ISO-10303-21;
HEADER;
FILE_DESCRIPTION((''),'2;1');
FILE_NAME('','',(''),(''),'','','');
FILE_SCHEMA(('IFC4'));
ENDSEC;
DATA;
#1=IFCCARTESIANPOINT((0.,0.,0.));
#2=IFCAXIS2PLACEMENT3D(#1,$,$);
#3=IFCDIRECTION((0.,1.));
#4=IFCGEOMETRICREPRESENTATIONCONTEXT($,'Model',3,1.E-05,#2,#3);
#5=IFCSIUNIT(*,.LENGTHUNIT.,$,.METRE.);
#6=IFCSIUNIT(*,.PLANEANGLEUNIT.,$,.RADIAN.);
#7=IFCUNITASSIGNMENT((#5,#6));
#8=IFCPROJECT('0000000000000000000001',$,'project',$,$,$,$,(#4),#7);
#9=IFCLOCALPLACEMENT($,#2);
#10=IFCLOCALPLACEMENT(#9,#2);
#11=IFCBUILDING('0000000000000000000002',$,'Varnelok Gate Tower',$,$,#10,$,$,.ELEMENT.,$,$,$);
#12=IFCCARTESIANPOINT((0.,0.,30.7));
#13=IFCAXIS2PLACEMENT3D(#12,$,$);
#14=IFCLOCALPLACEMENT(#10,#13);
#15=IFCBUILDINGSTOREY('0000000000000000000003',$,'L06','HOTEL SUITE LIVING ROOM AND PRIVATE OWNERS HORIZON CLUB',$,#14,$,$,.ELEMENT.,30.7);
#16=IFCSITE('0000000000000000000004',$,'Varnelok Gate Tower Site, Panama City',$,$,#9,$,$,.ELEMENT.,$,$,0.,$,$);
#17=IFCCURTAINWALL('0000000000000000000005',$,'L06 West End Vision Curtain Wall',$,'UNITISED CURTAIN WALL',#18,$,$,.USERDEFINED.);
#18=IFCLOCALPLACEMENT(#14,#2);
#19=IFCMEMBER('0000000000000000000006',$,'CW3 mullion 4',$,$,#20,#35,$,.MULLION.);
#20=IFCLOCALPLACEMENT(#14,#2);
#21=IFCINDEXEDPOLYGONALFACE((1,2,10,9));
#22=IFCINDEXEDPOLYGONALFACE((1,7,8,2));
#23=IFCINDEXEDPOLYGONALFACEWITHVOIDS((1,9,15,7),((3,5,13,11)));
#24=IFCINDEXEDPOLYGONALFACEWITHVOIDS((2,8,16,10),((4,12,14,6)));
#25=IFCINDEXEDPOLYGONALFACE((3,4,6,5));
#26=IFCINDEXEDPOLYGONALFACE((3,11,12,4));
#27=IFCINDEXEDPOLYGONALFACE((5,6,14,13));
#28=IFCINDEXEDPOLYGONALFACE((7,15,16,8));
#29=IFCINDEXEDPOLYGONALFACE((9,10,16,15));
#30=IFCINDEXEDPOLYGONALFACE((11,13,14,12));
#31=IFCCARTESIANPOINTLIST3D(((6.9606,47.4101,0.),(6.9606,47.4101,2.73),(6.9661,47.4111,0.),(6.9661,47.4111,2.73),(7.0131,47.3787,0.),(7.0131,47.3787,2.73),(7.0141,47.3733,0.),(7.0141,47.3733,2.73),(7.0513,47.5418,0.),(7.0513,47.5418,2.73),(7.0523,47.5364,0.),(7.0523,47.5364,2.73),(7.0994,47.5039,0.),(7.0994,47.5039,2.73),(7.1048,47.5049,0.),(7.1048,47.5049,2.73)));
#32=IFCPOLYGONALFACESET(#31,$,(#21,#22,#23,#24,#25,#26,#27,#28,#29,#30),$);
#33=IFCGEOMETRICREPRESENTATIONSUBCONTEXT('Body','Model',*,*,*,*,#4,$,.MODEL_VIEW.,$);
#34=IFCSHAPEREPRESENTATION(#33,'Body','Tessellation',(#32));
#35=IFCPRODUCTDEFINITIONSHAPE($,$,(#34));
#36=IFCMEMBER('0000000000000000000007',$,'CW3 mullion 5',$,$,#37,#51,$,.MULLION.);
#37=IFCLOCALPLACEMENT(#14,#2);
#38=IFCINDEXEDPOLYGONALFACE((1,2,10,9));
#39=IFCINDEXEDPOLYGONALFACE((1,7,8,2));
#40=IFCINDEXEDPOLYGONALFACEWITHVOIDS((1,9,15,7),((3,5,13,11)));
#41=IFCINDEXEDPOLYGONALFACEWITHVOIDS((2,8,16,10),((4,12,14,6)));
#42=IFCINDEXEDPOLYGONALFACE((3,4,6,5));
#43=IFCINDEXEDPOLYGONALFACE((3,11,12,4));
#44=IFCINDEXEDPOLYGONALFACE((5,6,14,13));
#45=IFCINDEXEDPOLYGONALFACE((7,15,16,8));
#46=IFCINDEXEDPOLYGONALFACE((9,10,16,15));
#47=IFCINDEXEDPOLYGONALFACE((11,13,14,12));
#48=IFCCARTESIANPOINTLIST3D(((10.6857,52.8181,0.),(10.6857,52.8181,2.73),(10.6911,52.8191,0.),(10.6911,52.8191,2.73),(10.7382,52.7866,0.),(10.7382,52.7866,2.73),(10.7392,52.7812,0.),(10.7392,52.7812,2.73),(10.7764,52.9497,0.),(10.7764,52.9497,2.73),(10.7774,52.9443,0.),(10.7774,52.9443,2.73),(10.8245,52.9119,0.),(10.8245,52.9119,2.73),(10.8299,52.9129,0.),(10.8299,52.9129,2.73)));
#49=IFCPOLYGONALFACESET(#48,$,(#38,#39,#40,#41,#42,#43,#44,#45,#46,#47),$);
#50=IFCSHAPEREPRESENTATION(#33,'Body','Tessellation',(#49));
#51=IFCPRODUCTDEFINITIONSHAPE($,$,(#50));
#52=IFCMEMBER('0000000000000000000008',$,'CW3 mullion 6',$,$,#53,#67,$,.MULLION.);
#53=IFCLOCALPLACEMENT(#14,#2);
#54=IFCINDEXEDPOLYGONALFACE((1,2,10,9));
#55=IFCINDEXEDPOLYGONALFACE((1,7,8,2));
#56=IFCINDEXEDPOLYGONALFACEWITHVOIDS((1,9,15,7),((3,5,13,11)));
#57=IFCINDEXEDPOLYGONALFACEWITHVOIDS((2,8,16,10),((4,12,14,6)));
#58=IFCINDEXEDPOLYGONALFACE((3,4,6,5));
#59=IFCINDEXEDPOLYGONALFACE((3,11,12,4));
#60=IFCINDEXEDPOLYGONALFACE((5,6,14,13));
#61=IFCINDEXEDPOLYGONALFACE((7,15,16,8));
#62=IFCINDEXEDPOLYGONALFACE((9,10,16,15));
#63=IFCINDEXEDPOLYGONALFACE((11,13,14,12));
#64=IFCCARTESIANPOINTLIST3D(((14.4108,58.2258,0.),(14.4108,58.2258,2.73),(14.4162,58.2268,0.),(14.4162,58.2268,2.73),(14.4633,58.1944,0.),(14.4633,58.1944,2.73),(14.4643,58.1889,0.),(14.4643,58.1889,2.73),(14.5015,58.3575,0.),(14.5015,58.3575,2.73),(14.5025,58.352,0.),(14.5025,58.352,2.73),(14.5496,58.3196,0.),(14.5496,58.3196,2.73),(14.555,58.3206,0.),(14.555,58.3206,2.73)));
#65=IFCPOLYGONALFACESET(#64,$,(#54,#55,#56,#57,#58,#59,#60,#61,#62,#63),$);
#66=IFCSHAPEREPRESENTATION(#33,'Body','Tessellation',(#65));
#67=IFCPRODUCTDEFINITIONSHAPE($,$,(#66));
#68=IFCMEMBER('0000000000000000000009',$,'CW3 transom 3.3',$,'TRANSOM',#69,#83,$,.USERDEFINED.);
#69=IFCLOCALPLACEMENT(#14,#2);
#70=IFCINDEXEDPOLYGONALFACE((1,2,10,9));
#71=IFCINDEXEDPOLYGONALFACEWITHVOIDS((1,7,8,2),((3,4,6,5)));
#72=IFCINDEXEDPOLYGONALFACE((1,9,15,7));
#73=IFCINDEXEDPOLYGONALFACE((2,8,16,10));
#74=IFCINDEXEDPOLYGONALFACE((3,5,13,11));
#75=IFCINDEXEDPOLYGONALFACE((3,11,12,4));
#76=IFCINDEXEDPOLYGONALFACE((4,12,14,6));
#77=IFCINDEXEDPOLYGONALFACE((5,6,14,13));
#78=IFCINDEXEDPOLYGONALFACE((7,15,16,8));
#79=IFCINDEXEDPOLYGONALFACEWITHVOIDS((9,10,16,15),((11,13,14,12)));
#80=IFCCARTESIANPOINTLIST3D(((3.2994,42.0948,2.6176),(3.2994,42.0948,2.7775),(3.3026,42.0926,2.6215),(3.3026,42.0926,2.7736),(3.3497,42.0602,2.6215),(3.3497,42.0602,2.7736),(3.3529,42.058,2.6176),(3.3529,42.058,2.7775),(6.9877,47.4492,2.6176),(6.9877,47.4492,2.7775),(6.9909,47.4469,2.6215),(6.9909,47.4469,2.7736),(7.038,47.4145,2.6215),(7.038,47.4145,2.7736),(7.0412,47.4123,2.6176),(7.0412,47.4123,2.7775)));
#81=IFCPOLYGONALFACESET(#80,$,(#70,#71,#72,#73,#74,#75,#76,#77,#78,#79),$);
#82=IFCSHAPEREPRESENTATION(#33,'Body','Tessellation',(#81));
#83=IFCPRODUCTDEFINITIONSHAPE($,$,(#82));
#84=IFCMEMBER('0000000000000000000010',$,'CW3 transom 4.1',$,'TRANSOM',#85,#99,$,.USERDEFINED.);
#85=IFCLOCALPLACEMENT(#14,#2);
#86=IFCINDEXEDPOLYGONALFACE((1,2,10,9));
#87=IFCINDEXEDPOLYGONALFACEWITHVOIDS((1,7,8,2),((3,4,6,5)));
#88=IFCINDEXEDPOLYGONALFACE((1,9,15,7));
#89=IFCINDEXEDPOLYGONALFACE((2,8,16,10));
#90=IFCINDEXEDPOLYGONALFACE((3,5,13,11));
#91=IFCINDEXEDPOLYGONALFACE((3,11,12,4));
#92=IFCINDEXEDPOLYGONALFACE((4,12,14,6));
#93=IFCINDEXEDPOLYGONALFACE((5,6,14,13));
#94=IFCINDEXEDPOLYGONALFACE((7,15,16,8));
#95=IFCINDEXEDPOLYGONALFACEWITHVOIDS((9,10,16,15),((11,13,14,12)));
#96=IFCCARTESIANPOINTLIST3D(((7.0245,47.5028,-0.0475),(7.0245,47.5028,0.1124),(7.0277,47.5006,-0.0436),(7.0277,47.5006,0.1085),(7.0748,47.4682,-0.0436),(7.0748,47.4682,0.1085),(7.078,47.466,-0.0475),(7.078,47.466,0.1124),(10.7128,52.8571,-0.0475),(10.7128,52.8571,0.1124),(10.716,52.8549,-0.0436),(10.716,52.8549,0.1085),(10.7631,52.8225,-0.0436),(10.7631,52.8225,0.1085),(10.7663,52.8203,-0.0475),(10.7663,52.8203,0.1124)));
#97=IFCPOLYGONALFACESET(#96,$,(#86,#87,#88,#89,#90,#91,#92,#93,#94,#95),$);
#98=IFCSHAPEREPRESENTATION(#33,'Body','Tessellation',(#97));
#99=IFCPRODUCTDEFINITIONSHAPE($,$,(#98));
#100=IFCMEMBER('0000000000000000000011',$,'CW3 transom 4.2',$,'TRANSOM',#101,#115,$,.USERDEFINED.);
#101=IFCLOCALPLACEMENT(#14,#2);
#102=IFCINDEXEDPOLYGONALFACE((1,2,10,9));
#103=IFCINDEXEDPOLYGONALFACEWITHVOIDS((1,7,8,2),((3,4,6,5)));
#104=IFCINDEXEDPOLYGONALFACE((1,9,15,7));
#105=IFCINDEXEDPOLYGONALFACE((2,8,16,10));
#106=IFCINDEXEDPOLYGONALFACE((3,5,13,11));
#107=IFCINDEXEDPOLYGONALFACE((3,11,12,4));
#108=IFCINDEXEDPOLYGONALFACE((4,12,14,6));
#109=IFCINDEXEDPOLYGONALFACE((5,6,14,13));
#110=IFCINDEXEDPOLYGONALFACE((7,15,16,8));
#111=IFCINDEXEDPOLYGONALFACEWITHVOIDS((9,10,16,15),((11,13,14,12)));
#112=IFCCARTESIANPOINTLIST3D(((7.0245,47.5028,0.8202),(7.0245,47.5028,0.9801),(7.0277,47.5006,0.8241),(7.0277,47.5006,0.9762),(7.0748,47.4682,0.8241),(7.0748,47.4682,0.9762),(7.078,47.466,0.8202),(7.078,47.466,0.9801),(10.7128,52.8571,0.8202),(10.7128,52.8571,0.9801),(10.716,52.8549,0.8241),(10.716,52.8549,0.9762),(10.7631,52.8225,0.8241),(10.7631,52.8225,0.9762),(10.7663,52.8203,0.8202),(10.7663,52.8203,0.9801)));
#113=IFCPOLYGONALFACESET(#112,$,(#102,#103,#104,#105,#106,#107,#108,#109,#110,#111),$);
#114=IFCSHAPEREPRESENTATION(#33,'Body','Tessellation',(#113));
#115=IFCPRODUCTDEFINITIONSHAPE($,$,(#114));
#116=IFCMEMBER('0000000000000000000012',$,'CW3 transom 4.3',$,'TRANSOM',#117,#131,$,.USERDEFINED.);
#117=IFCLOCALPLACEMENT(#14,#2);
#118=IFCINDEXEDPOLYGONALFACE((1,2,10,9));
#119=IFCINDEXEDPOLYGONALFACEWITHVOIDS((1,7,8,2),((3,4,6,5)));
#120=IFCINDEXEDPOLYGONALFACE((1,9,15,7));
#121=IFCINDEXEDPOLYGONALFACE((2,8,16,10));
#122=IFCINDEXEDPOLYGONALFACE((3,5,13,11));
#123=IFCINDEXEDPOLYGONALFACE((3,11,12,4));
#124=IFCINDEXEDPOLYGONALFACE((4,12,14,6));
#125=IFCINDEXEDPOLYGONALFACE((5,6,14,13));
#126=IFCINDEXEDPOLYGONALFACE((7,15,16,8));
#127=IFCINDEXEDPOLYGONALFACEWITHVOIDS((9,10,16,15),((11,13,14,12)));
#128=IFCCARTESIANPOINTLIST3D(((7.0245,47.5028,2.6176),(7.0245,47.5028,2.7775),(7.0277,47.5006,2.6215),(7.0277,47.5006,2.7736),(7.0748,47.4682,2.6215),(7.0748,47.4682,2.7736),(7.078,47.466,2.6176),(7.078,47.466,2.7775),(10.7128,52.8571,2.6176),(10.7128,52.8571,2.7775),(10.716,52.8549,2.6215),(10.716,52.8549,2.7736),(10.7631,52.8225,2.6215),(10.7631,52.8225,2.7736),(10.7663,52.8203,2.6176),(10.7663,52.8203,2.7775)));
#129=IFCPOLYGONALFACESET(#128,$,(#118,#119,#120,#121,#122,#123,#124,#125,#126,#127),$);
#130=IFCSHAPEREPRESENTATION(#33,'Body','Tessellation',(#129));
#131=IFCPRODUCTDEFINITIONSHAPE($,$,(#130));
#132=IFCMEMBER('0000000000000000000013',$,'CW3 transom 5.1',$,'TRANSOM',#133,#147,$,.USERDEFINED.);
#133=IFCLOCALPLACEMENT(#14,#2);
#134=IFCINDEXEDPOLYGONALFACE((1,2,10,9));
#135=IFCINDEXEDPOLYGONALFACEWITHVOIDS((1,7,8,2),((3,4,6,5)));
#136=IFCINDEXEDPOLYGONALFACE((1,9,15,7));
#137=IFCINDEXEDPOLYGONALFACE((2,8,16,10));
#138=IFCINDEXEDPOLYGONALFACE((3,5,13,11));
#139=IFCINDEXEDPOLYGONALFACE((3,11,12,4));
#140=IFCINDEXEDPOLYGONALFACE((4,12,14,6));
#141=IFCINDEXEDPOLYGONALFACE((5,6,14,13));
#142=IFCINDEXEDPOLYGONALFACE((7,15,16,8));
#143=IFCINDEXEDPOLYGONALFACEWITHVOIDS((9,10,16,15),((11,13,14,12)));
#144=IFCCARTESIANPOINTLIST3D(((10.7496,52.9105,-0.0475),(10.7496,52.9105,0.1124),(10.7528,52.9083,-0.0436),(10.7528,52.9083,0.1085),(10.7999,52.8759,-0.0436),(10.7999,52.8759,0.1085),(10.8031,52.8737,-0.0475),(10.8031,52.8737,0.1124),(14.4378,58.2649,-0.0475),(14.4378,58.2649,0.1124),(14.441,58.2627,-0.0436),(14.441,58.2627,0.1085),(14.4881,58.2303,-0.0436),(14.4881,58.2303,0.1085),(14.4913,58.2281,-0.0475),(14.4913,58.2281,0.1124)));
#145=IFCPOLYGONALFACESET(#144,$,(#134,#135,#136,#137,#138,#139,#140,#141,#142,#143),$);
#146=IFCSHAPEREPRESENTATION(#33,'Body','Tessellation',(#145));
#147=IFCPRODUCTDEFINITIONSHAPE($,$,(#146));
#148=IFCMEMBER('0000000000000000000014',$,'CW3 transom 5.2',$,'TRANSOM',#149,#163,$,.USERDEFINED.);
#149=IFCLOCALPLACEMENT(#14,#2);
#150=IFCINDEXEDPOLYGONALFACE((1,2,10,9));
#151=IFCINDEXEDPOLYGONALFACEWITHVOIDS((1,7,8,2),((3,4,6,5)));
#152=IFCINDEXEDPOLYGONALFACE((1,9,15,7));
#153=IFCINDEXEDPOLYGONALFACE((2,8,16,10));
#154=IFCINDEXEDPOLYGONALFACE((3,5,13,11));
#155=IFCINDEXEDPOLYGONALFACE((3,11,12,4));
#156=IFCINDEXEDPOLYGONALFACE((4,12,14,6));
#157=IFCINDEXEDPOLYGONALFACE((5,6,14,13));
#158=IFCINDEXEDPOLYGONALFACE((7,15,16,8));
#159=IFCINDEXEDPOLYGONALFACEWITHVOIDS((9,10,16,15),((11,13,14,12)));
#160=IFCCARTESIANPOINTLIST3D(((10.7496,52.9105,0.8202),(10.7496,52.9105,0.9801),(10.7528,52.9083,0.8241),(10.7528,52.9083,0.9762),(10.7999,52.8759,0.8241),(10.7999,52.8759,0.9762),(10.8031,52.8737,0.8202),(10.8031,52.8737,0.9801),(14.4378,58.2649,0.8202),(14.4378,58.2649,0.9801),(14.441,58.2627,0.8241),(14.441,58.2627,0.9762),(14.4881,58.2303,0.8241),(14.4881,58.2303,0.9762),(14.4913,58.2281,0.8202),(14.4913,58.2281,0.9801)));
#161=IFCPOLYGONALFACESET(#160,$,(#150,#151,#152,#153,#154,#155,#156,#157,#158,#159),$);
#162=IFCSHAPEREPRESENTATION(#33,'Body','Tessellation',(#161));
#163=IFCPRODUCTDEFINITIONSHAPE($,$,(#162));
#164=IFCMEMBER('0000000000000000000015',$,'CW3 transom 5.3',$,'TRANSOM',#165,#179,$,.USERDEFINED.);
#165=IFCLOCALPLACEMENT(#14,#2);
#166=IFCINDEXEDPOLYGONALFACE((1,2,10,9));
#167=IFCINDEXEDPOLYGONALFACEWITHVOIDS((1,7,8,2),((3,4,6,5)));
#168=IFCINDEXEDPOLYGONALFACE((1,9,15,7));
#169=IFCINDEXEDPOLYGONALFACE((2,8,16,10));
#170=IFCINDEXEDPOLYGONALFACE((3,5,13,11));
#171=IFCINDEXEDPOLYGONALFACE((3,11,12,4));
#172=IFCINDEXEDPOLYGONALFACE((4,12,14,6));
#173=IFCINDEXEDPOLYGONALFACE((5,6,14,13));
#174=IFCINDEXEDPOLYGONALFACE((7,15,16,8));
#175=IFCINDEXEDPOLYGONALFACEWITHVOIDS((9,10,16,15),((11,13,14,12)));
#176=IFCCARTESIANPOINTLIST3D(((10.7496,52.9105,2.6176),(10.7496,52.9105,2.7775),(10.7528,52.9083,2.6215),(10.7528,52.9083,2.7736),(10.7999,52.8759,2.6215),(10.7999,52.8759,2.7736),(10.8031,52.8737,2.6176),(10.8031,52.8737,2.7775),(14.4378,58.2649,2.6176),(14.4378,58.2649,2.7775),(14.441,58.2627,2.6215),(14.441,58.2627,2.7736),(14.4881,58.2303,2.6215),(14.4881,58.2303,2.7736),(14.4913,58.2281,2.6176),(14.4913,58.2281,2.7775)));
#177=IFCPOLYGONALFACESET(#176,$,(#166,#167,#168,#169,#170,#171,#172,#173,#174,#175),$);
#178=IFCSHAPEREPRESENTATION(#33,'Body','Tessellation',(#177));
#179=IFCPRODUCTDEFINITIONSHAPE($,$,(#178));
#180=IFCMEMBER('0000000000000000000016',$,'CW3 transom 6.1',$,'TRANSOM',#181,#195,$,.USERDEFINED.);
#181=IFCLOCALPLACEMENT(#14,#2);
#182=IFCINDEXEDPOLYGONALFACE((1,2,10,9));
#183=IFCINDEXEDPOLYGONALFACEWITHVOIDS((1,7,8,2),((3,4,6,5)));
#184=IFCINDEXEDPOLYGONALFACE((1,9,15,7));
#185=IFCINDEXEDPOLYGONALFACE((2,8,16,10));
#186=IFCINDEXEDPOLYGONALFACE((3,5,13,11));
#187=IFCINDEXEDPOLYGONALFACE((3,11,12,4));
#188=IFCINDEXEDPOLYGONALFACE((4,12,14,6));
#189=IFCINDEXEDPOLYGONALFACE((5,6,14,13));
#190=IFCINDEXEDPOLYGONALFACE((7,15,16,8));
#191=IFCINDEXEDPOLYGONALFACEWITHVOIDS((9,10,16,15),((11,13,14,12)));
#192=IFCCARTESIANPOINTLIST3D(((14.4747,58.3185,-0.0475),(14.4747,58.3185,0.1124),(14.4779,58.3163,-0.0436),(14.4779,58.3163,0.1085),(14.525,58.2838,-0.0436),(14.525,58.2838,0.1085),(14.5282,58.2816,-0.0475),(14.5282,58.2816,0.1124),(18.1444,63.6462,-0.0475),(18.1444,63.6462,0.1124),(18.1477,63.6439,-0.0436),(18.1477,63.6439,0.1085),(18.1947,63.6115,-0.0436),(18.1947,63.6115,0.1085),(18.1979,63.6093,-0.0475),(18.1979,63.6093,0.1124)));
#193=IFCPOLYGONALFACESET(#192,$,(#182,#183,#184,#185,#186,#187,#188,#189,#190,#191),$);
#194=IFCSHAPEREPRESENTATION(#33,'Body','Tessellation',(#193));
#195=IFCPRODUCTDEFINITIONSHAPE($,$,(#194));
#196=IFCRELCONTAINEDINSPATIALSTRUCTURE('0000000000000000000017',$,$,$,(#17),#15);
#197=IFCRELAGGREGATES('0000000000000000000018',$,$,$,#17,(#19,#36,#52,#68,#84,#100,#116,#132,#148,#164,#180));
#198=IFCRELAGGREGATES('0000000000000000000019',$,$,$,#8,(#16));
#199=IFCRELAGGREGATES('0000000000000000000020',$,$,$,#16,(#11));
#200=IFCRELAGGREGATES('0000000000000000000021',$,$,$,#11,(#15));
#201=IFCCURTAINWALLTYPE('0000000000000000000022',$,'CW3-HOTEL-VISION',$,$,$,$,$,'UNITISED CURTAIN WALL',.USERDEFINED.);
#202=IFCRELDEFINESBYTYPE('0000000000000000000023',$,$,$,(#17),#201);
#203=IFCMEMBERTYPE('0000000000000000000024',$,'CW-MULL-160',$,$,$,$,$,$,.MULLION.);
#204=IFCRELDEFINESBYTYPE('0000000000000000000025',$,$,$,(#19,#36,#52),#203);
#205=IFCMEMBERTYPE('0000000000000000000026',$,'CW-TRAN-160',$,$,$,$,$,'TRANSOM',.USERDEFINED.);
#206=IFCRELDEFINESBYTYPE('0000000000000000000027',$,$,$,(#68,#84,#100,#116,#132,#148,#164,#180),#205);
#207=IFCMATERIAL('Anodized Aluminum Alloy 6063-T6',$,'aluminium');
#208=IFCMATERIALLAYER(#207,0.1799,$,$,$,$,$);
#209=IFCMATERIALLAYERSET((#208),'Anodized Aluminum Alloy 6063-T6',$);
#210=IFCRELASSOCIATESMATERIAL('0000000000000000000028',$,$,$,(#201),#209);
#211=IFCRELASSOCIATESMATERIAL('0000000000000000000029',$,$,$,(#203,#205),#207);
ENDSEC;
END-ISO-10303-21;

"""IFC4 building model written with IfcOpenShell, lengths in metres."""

from ifc_helpers import new_model, si_unit, direction, frame, origin, origin_2d, place, context, subcontext, project, spatial, hollow_rectangle, extrude, material, layer, layer_set, material_profile, profile_set, type_object, element, aggregate, save


model = new_model("IFC4")

# Units and contexts
model_context = context("Model", 3, precision=1e-05, world=origin(), true_north=direction((0.0, 1.0)))
body_context = subcontext(model_context, "Body", "Model", "MODEL_VIEW")
ifc_project = project(units=[si_unit("LENGTHUNIT", "METRE"), si_unit("PLANEANGLEUNIT", "RADIAN")], contexts=[model_context])

# Site, building, storey
site_placement = place(None, origin())
site = spatial("IfcSite", under=ifc_project, at=site_placement, Name="Varnelok Gate Tower Site, Panama City", CompositionType="ELEMENT", RefElevation=0.0)
building_placement = place(site_placement, origin())
building = spatial("IfcBuilding", under=site, at=building_placement, Name="Varnelok Gate Tower", CompositionType="ELEMENT")
storey_placement = place(building_placement, frame((0.0, 0.0, 30.7)))
storey = spatial("IfcBuildingStorey", under=building, at=storey_placement, Name="L06", Description="HOTEL SUITE LIVING ROOM AND PRIVATE OWNERS HORIZON CLUB", CompositionType="ELEMENT", Elevation=30.7)

# Curtain wall, members
ifc_material_1 = material(Name="Anodized Aluminum Alloy 6063-T6", Category="aluminium")
ifc_layer_1 = layer(ifc_material_1, 0.1799)
ifc_layer_set_1 = layer_set([ifc_layer_1], Name="Anodized Aluminum Alloy 6063-T6")
curtain_wall_type = type_object("IfcCurtainWallType", Name="CW3-HOTEL-VISION", ElementType="UNITISED CURTAIN WALL", PredefinedType="USERDEFINED", material=ifc_layer_set_1)
curtain_wall_placement = place(storey_placement, origin())
curtain_wall = element("IfcCurtainWall", 1, at=curtain_wall_placement, inside=storey, type_object=curtain_wall_type, Name="L06 West End Vision Curtain Wall", ObjectType="UNITISED CURTAIN WALL", PredefinedType="USERDEFINED")
ifc_material_profile_1 = material_profile(ifc_material_1, hollow_rectangle(XDim=0.0649, YDim=0.1599, WallThickness=0.0039, at=origin_2d()), Name="ALU160X65X4")
ifc_profile_set_1 = profile_set([ifc_material_profile_1], Name="Anodized Aluminum Alloy 6063-T6")
member_type_1 = type_object("IfcMemberType", Name="CW-MULL-160", PredefinedType="MULLION", material=ifc_profile_set_1)
member_1_placement = place(storey_placement, frame((7.0327, 47.4575, 0.0), z_axis=(0.0, 0.0, 1.0), x_axis=(-0.823533, 0.567269, 0.0)))
member_1 = element("IfcMember", 2, at=member_1_placement, type_object=member_type_1, Name="CW3 mullion 4", PredefinedType="MULLION", context=body_context, shape_type="SweptSolid", body=[
    extrude(hollow_rectangle(XDim=0.0649, YDim=0.1599, WallThickness=0.0039, at=origin_2d()), origin(), (0.0, 0.0, 1.0), 2.73),
])
member_2_placement = place(storey_placement, frame((10.7578, 52.8655, 0.0), z_axis=(0.0, 0.0, 1.0), x_axis=(-0.823533, 0.567269, 0.0)))
member_2 = element("IfcMember", 3, at=member_2_placement, type_object=member_type_1, Name="CW3 mullion 5", PredefinedType="MULLION", context=body_context, shape_type="SweptSolid", body=[
    extrude(hollow_rectangle(XDim=0.0649, YDim=0.1599, WallThickness=0.0039, at=origin_2d()), origin(), (0.0, 0.0, 1.0), 2.73),
])
member_3_placement = place(storey_placement, frame((14.4829, 58.2732, 0.0), z_axis=(0.0, 0.0, 1.0), x_axis=(-0.823533, 0.567269, 0.0)))
member_3 = element("IfcMember", 4, at=member_3_placement, type_object=member_type_1, Name="CW3 mullion 6", PredefinedType="MULLION", context=body_context, shape_type="SweptSolid", body=[
    extrude(hollow_rectangle(XDim=0.0649, YDim=0.1599, WallThickness=0.0039, at=origin_2d()), origin(), (0.0, 0.0, 1.0), 2.73),
])
ifc_material_profile_2 = material_profile(ifc_material_1, hollow_rectangle(XDim=0.0649, YDim=0.1599, WallThickness=0.0039, at=origin_2d()), Name="ALU160X65X4")
ifc_profile_set_2 = profile_set([ifc_material_profile_2], Name="Anodized Aluminum Alloy 6063-T6")
member_type_2 = type_object("IfcMemberType", Name="CW-TRAN-160", ElementType="TRANSOM", PredefinedType="USERDEFINED", material=ifc_profile_set_2)
member_4_placement = place(storey_placement, frame((3.3262, 42.0764, 2.6975), z_axis=(0.567279, 0.823526, 0.0), x_axis=(-0.823526, 0.567279, 0.0)))
member_4 = element("IfcMember", 5, at=member_4_placement, type_object=member_type_2, Name="CW3 transom 3.3", ObjectType="TRANSOM", PredefinedType="USERDEFINED", context=body_context, shape_type="SweptSolid", body=[
    extrude(hollow_rectangle(XDim=0.0649, YDim=0.1599, WallThickness=0.0039, at=origin_2d()), origin(), (0.0, 0.0, 1.0), 6.5017),
])
member_5_placement = place(storey_placement, frame((7.0513, 47.4844, 0.0325), z_axis=(0.567279, 0.823526, 0.0), x_axis=(-0.823526, 0.567279, 0.0)))
member_5 = element("IfcMember", 6, at=member_5_placement, type_object=member_type_2, Name="CW3 transom 4.1", ObjectType="TRANSOM", PredefinedType="USERDEFINED", context=body_context, shape_type="SweptSolid", body=[
    extrude(hollow_rectangle(XDim=0.0649, YDim=0.1599, WallThickness=0.0039, at=origin_2d()), origin(), (0.0, 0.0, 1.0), 6.5017),
])
member_6_placement = place(storey_placement, frame((7.0513, 47.4844, 0.9001), z_axis=(0.567279, 0.823526, 0.0), x_axis=(-0.823526, 0.567279, 0.0)))
member_6 = element("IfcMember", 7, at=member_6_placement, type_object=member_type_2, Name="CW3 transom 4.2", ObjectType="TRANSOM", PredefinedType="USERDEFINED", context=body_context, shape_type="SweptSolid", body=[
    extrude(hollow_rectangle(XDim=0.0649, YDim=0.1599, WallThickness=0.0039, at=origin_2d()), origin(), (0.0, 0.0, 1.0), 6.5017),
])
member_7_placement = place(storey_placement, frame((7.0513, 47.4844, 2.6975), z_axis=(0.567279, 0.823526, 0.0), x_axis=(-0.823526, 0.567279, 0.0)))
member_7 = element("IfcMember", 8, at=member_7_placement, type_object=member_type_2, Name="CW3 transom 4.3", ObjectType="TRANSOM", PredefinedType="USERDEFINED", context=body_context, shape_type="SweptSolid", body=[
    extrude(hollow_rectangle(XDim=0.0649, YDim=0.1599, WallThickness=0.0039, at=origin_2d()), origin(), (0.0, 0.0, 1.0), 6.5017),
])
member_8_placement = place(storey_placement, frame((10.7764, 52.8921, 0.0325), z_axis=(0.567262, 0.823538, 0.0), x_axis=(-0.823538, 0.567262, 0.0)))
member_8 = element("IfcMember", 9, at=member_8_placement, type_object=member_type_2, Name="CW3 transom 5.1", ObjectType="TRANSOM", PredefinedType="USERDEFINED", context=body_context, shape_type="SweptSolid", body=[
    extrude(hollow_rectangle(XDim=0.0649, YDim=0.1599, WallThickness=0.0039, at=origin_2d()), origin(), (0.0, 0.0, 1.0), 6.5017),
])
member_9_placement = place(storey_placement, frame((10.7764, 52.8921, 0.9001), z_axis=(0.567262, 0.823538, 0.0), x_axis=(-0.823538, 0.567262, 0.0)))
member_9 = element("IfcMember", 10, at=member_9_placement, type_object=member_type_2, Name="CW3 transom 5.2", ObjectType="TRANSOM", PredefinedType="USERDEFINED", context=body_context, shape_type="SweptSolid", body=[
    extrude(hollow_rectangle(XDim=0.0649, YDim=0.1599, WallThickness=0.0039, at=origin_2d()), origin(), (0.0, 0.0, 1.0), 6.5017),
])
member_10_placement = place(storey_placement, frame((10.7764, 52.8921, 2.6975), z_axis=(0.567262, 0.823538, 0.0), x_axis=(-0.823538, 0.567262, 0.0)))
member_10 = element("IfcMember", 11, at=member_10_placement, type_object=member_type_2, Name="CW3 transom 5.3", ObjectType="TRANSOM", PredefinedType="USERDEFINED", context=body_context, shape_type="SweptSolid", body=[
    extrude(hollow_rectangle(XDim=0.0649, YDim=0.1599, WallThickness=0.0039, at=origin_2d()), origin(), (0.0, 0.0, 1.0), 6.5017),
])
member_11_placement = place(storey_placement, frame((14.5015, 58.3, 0.0325), z_axis=(0.567256, 0.823542, 0.0), x_axis=(-0.823542, 0.567256, 0.0)))
member_11 = element("IfcMember", 12, at=member_11_placement, type_object=member_type_2, Name="CW3 transom 6.1", ObjectType="TRANSOM", PredefinedType="USERDEFINED", context=body_context, shape_type="SweptSolid", body=[
    extrude(hollow_rectangle(XDim=0.0649, YDim=0.1599, WallThickness=0.0039, at=origin_2d()), origin(), (0.0, 0.0, 1.0), 6.4692),
])
aggregate(curtain_wall, [member_1, member_2, member_3, member_4, member_5, member_6, member_7, member_8, member_9, member_10, member_11])

save(model, "model.ifc")
